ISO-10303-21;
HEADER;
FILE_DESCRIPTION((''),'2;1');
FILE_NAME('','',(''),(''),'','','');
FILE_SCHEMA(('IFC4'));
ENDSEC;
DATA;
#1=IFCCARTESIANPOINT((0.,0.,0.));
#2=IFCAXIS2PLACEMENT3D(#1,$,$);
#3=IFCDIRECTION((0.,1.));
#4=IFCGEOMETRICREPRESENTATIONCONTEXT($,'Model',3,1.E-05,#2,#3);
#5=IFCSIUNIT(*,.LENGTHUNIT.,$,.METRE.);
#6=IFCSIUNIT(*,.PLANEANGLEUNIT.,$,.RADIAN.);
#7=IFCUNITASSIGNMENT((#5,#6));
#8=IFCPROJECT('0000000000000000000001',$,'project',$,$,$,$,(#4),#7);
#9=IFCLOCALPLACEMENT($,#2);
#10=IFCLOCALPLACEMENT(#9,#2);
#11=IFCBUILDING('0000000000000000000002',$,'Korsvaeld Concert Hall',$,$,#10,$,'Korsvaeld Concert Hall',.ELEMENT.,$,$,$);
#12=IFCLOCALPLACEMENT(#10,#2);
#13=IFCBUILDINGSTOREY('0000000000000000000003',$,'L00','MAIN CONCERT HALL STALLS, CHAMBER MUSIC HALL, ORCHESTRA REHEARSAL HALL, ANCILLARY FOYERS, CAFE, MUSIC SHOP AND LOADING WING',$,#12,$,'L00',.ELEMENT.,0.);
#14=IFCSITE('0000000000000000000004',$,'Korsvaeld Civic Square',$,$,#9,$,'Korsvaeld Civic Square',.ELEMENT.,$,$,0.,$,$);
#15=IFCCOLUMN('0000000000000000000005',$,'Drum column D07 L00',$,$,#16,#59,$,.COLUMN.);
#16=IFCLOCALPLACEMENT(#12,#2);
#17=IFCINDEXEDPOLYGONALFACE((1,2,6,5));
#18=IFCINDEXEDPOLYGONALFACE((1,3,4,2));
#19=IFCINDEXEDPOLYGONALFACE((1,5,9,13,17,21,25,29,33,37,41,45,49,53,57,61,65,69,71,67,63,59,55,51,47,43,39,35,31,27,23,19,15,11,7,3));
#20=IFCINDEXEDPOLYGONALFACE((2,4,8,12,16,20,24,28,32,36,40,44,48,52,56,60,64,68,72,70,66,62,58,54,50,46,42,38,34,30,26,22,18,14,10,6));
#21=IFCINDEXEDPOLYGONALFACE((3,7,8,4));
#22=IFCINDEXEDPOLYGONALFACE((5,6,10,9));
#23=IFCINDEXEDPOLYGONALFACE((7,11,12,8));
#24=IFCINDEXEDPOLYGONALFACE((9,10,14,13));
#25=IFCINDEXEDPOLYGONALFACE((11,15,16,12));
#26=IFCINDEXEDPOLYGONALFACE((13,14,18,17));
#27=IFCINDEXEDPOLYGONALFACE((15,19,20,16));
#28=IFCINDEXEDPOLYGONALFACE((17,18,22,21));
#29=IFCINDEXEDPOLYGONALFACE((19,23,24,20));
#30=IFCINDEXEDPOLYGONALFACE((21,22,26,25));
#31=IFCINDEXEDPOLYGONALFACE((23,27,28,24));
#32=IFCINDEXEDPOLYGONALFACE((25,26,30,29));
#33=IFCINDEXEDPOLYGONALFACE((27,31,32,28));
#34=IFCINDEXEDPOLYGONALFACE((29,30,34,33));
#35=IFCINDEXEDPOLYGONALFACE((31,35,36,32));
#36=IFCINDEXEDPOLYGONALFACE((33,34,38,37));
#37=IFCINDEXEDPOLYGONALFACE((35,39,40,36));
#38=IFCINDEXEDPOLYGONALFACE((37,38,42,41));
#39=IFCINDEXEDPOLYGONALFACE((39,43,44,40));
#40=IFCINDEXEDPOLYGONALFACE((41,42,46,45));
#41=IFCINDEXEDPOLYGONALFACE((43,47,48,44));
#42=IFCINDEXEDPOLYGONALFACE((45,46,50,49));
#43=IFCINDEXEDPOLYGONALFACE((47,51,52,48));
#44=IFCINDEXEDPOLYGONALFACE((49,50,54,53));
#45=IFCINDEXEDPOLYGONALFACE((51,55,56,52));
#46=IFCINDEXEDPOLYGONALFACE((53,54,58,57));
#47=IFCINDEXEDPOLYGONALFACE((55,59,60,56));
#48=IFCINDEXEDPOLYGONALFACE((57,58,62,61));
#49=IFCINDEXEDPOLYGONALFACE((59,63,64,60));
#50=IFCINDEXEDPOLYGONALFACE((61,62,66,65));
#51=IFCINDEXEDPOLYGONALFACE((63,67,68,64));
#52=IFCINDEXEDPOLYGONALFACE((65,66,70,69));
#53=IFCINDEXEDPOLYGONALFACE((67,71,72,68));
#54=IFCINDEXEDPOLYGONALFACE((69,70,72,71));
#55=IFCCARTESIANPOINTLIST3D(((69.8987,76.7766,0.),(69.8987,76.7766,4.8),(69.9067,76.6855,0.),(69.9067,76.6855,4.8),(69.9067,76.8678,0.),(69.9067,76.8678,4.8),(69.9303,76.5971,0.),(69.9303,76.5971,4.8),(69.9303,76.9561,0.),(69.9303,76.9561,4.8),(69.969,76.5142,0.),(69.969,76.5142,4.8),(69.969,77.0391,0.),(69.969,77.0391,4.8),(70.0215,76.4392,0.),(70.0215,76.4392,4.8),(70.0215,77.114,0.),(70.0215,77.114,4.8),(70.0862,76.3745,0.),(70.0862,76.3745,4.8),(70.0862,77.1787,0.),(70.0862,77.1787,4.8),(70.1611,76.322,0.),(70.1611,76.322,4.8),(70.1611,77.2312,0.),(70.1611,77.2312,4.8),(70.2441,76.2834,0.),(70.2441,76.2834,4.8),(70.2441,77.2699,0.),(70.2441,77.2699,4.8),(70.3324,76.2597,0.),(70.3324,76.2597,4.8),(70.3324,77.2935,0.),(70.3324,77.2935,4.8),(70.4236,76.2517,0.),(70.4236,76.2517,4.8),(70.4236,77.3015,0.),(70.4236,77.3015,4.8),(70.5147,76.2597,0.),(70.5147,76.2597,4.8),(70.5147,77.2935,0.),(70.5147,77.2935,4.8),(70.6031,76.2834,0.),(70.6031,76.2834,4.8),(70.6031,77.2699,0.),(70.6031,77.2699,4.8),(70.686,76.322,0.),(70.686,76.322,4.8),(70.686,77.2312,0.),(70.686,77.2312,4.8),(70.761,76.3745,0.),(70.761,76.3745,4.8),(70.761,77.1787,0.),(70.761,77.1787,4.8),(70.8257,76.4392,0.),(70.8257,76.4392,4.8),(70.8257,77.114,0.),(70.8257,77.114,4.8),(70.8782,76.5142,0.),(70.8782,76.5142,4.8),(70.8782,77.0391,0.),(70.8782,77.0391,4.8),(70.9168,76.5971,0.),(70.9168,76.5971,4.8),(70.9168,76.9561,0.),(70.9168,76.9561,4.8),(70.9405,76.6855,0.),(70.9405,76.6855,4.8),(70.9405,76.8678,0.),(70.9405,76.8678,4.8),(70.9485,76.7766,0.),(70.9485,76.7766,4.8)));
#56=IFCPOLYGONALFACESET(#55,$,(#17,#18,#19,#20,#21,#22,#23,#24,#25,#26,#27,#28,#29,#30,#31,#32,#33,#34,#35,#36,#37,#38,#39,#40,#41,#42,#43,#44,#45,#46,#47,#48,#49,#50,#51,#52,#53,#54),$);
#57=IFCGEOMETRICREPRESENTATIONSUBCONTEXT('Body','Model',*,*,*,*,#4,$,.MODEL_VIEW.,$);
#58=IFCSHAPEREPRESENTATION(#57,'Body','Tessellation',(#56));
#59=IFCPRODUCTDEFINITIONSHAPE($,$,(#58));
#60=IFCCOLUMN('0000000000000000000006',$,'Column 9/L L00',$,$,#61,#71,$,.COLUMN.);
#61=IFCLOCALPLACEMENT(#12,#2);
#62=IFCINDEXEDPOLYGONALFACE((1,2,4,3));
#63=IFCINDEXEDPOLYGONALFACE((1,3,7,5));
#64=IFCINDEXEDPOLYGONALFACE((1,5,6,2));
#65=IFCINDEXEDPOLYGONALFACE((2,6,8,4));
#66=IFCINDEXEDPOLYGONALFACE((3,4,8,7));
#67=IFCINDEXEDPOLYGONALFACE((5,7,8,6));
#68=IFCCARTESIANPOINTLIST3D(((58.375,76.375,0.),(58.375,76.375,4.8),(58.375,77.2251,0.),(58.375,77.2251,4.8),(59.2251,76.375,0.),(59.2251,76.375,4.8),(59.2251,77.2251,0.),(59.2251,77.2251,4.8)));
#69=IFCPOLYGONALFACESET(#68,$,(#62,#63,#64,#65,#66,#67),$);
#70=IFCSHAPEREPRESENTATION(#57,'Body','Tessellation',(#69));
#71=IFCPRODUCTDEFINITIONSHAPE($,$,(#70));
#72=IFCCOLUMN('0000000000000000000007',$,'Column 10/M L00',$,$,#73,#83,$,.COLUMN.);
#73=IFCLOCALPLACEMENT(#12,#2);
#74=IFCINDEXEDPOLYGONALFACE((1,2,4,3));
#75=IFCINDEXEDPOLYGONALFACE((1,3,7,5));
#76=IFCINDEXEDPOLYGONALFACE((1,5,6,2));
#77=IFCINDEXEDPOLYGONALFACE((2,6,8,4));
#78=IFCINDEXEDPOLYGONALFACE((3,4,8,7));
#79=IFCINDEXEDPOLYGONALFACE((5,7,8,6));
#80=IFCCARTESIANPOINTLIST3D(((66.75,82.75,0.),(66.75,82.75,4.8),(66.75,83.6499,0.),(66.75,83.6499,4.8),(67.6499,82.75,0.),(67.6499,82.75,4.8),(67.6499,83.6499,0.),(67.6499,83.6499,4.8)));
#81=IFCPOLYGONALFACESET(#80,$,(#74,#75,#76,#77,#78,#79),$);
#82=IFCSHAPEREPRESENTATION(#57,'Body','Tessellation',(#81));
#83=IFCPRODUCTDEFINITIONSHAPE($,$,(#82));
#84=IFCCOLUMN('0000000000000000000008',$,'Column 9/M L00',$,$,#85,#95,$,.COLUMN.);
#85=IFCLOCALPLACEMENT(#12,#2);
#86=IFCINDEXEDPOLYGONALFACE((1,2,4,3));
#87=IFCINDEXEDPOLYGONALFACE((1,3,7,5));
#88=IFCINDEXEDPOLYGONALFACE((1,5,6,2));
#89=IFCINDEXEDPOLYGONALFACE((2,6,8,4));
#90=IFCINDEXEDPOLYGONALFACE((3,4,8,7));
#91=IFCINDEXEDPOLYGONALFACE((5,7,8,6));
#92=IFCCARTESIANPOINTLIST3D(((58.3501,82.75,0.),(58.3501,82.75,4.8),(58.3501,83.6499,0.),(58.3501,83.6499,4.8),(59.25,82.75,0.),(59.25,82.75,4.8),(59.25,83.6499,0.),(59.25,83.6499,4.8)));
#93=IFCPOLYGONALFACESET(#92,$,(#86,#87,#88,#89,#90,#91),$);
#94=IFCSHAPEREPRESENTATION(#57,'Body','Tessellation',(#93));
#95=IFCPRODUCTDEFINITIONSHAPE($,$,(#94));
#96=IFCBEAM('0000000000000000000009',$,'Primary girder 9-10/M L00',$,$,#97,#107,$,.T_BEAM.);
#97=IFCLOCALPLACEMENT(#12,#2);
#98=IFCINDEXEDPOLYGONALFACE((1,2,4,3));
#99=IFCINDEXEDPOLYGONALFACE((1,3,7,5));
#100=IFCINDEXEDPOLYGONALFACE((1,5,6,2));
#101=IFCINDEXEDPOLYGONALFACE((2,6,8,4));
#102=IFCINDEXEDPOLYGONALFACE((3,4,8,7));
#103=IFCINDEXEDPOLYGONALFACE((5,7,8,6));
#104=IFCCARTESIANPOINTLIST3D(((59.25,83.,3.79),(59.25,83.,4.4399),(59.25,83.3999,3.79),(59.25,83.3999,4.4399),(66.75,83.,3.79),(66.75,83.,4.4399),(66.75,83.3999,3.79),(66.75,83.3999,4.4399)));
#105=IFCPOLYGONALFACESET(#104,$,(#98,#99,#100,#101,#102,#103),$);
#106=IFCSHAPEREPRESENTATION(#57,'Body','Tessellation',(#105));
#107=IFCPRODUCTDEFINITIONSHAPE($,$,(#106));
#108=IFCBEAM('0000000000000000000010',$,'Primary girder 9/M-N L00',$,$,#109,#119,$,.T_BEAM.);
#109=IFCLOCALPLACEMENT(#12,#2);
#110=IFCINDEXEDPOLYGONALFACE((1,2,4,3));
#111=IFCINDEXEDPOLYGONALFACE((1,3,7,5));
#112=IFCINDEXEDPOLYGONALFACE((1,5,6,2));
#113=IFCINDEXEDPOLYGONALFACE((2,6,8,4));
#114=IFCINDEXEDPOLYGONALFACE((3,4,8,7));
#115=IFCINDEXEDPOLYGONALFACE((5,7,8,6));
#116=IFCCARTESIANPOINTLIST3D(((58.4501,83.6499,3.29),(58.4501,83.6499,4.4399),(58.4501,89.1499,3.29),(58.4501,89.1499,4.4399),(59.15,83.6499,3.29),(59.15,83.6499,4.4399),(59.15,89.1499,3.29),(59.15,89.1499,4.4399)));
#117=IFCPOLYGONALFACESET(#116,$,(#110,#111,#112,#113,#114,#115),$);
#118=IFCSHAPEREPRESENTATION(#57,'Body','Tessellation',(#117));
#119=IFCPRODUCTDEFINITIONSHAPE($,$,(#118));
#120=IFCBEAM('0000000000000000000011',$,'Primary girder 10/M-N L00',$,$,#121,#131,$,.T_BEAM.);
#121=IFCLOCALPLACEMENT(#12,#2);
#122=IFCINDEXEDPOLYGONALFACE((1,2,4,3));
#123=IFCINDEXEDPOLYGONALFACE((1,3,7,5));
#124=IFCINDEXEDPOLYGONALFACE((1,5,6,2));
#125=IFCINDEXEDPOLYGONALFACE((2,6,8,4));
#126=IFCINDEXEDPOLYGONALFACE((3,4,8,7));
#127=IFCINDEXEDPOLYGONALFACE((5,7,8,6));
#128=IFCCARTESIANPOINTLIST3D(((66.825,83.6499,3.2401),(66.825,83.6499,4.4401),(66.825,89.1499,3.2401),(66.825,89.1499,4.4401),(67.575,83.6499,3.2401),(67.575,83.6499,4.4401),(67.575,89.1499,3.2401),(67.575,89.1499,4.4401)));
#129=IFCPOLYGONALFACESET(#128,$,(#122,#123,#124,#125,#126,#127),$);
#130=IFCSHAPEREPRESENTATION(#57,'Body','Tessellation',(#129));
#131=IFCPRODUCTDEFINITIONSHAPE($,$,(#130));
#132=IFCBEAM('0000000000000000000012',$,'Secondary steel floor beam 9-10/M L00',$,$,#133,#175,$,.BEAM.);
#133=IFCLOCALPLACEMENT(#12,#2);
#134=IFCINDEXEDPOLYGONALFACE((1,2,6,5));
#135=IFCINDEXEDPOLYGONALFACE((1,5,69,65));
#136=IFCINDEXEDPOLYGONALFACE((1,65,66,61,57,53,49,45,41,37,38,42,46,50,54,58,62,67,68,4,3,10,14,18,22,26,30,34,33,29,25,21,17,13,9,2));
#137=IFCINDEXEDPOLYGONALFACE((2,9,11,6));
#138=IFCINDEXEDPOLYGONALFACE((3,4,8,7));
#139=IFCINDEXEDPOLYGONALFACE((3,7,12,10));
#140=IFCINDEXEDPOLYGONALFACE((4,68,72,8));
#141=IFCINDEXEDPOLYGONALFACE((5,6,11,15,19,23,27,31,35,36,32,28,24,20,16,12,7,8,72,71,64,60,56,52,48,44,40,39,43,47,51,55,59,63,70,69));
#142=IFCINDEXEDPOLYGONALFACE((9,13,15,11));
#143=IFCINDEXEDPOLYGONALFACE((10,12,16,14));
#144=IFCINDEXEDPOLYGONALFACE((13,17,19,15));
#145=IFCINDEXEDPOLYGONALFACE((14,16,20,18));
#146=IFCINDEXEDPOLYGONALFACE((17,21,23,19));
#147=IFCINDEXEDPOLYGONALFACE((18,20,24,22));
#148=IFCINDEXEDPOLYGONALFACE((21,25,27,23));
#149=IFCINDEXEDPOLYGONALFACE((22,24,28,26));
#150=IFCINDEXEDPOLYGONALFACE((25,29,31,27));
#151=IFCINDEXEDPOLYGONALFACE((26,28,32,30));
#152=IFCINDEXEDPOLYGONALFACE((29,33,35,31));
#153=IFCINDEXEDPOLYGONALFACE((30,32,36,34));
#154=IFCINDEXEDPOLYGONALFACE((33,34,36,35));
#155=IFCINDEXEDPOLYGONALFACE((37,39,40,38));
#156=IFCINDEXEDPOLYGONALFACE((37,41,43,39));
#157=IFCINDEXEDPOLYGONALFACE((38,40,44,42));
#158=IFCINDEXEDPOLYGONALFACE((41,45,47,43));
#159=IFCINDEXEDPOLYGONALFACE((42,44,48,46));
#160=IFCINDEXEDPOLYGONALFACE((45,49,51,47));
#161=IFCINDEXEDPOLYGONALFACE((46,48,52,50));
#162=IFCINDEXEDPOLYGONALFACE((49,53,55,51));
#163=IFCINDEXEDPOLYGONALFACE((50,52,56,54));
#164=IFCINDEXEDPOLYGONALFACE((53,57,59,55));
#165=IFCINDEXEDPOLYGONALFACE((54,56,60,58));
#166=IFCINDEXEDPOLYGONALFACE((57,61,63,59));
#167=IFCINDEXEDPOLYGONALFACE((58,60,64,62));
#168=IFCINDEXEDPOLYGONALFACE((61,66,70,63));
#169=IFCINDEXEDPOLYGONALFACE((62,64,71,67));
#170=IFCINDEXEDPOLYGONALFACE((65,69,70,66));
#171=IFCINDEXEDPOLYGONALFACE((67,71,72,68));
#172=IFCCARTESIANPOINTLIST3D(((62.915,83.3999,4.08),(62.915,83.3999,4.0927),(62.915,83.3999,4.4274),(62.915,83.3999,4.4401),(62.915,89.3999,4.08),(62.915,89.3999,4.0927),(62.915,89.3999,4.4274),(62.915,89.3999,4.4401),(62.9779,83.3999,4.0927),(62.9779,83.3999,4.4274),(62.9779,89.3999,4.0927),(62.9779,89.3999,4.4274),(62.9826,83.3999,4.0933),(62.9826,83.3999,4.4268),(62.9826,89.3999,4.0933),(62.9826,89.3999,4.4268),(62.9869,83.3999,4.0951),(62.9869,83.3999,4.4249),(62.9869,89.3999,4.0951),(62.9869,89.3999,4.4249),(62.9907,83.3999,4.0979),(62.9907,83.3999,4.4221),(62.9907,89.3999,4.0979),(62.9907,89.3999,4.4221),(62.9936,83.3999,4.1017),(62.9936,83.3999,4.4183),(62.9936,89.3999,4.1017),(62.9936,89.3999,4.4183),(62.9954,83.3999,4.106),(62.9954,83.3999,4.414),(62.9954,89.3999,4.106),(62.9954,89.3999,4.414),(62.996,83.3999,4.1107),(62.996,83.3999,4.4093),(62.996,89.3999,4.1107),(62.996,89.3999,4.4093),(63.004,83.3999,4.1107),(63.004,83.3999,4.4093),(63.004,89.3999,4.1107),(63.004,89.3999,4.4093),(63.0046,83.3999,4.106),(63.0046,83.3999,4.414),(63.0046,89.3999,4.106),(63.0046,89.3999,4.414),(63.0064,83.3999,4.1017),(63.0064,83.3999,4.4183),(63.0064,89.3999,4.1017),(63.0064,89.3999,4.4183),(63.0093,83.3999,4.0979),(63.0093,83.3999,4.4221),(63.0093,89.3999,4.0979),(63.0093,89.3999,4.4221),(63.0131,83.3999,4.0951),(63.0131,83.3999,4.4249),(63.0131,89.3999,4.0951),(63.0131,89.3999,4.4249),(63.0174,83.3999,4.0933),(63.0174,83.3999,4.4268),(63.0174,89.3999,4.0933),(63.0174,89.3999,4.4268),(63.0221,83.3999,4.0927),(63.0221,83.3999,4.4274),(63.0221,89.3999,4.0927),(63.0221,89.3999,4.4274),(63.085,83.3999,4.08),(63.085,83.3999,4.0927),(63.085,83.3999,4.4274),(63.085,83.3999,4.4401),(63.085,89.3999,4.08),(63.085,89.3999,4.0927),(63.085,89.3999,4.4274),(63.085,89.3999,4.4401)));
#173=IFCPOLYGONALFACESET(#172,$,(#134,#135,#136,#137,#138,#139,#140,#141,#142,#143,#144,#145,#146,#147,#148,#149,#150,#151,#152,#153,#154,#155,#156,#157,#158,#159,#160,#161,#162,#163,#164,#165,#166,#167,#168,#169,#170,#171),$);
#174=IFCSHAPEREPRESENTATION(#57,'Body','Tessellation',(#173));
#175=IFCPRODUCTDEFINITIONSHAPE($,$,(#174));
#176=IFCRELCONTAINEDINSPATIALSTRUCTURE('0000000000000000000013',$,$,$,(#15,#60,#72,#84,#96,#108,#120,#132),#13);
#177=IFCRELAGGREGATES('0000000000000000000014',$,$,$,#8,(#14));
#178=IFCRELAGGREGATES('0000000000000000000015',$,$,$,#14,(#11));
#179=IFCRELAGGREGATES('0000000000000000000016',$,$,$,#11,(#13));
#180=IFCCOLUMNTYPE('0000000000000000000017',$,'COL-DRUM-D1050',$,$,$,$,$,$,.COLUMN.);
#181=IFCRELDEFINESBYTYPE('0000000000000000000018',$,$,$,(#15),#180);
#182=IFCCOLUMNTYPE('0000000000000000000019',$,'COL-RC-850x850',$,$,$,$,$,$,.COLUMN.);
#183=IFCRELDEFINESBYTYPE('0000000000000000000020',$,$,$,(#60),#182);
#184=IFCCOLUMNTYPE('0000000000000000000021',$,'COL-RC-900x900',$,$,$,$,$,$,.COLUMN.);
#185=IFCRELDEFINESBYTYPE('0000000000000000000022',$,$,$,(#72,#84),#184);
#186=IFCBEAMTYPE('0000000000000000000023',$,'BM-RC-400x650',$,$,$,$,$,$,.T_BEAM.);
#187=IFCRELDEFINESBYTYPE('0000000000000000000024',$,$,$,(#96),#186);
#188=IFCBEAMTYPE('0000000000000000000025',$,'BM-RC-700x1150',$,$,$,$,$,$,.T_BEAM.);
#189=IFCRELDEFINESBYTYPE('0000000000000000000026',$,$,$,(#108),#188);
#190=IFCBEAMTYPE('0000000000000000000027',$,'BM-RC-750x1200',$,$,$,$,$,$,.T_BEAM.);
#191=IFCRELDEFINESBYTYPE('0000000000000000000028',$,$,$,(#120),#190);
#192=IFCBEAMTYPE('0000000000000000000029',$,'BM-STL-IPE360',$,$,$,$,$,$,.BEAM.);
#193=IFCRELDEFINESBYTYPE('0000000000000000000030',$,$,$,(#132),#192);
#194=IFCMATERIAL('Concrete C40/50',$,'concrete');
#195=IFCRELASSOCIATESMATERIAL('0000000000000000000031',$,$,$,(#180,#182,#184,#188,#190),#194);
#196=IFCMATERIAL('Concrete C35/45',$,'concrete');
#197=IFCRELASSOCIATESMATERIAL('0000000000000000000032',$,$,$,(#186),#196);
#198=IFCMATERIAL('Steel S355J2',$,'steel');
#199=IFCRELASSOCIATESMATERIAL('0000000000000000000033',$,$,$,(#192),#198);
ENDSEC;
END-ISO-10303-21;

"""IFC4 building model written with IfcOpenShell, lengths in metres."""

from ifc_helpers import new_model, si_unit, direction, frame, origin, origin_2d, place, context, subcontext, project, spatial, rectangle, circle, i_section, extrude, material, material_profile, profile_set, type_object, element, save


model = new_model("IFC4")

# Units and contexts
model_context = context("Model", 3, precision=1e-05, world=origin(), true_north=direction((0.0, 1.0)))
body_context = subcontext(model_context, "Body", "Model", "MODEL_VIEW")
ifc_project = project(units=[si_unit("LENGTHUNIT", "METRE"), si_unit("PLANEANGLEUNIT", "RADIAN")], contexts=[model_context])

# Site, building, storey
site_placement = place(None, origin())
site = spatial("IfcSite", under=ifc_project, at=site_placement, Name="Korsvaeld Civic Square", LongName="Korsvaeld Civic Square", CompositionType="ELEMENT", RefElevation=0.0)
building_placement = place(site_placement, origin())
building = spatial("IfcBuilding", under=site, at=building_placement, Name="Korsvaeld Concert Hall", LongName="Korsvaeld Concert Hall", CompositionType="ELEMENT")
storey_placement = place(building_placement, origin())
storey = spatial("IfcBuildingStorey", under=building, at=storey_placement, Name="L00", Description="MAIN CONCERT HALL STALLS, CHAMBER MUSIC HALL, ORCHESTRA REHEARSAL HALL, ANCILLARY FOYERS, CAFE, MUSIC SHOP AND LOADING WING", LongName="L00", CompositionType="ELEMENT", Elevation=0.0)

# Columns
ifc_material_1 = material(Name="Concrete C40/50", Category="concrete")
ifc_material_profile_1 = material_profile(ifc_material_1, circle(Radius=0.5249, at=origin_2d()), Name="RC D1050")
ifc_profile_set_1 = profile_set([ifc_material_profile_1], Name="Concrete C40/50")
column_type_1 = type_object("IfcColumnType", Name="COL-DRUM-D1050", PredefinedType="COLUMN", material=ifc_profile_set_1)
column_1_placement = place(storey_placement, frame((70.4236, 76.7766, 0.0), z_axis=(0.0, 0.0, 1.0), x_axis=(1.0, 0.0, 0.0)))
element("IfcColumn", 1, at=column_1_placement, inside=storey, type_object=column_type_1, Name="Drum column D07 L00", PredefinedType="COLUMN", context=body_context, shape_type="SweptSolid", body=[
    extrude(circle(Radius=0.5249, at=origin_2d()), origin(), (0.0, 0.0, 1.0), 4.8),
])
ifc_material_profile_2 = material_profile(ifc_material_1, rectangle(XDim=0.8501, YDim=0.8501, at=origin_2d()), Name="RC 850x850")
ifc_profile_set_2 = profile_set([ifc_material_profile_2], Name="Concrete C40/50")
column_type_2 = type_object("IfcColumnType", Name="COL-RC-850x850", PredefinedType="COLUMN", material=ifc_profile_set_2)
column_2_placement = place(storey_placement, frame((58.8, 76.8, 0.0), z_axis=(0.0, 0.0, 1.0), x_axis=(1.0, 0.0, 0.0)))
element("IfcColumn", 2, at=column_2_placement, inside=storey, type_object=column_type_2, Name="Column 9/L L00", PredefinedType="COLUMN", context=body_context, shape_type="SweptSolid", body=[
    extrude(rectangle(XDim=0.8501, YDim=0.8501, at=origin_2d()), origin(), (0.0, 0.0, 1.0), 4.8),
])
ifc_material_profile_3 = material_profile(ifc_material_1, rectangle(XDim=0.8999, YDim=0.8999, at=origin_2d()), Name="RC 900x900")
ifc_profile_set_3 = profile_set([ifc_material_profile_3], Name="Concrete C40/50")
column_type_3 = type_object("IfcColumnType", Name="COL-RC-900x900", PredefinedType="COLUMN", material=ifc_profile_set_3)
for number, where, z_axis, x_axis, name in (
    (3, (67.2, 83.2, 0.0), (0.0, 0.0, 1.0), (1.0, 0.0, 0.0), "Column 10/M L00"),
    (4, (58.8, 83.2, 0.0), (0.0, 0.0, 1.0), (1.0, 0.0, 0.0), "Column 9/M L00"),
):
    element("IfcColumn", number, at=place(storey_placement, frame(where, z_axis=z_axis, x_axis=x_axis)), inside=storey, type_object=column_type_3, Name=name, PredefinedType="COLUMN", context=body_context, shape_type="SweptSolid", body=[
        extrude(rectangle(XDim=0.8999, YDim=0.8999, at=origin_2d()), origin(), (0.0, 0.0, 1.0), 4.8),
    ])

# Beams
ifc_material_2 = material(Name="Concrete C35/45", Category="concrete")
ifc_material_profile_4 = material_profile(ifc_material_2, rectangle(XDim=0.3999, YDim=0.6499, at=origin_2d()), Name="RC 400x650")
ifc_profile_set_4 = profile_set([ifc_material_profile_4], Name="Concrete C35/45")
beam_type_1 = type_object("IfcBeamType", Name="BM-RC-400x650", PredefinedType="T_BEAM", material=ifc_profile_set_4)
beam_1_placement = place(storey_placement, frame((59.25, 83.2, 4.115), z_axis=(1.0, 0.0, 0.0), x_axis=(0.0, 1.0, 0.0)))
element("IfcBeam", 5, at=beam_1_placement, inside=storey, type_object=beam_type_1, Name="Primary girder 9-10/M L00", PredefinedType="T_BEAM", context=body_context, shape_type="SweptSolid", body=[
    extrude(rectangle(XDim=0.3999, YDim=0.6499, at=origin_2d()), origin(), (0.0, 0.0, 1.0), 7.5),
])
ifc_material_profile_5 = material_profile(ifc_material_1, rectangle(XDim=0.7, YDim=1.1499, at=origin_2d()), Name="RC 700x1150")
ifc_profile_set_5 = profile_set([ifc_material_profile_5], Name="Concrete C40/50")
beam_type_2 = type_object("IfcBeamType", Name="BM-RC-700x1150", PredefinedType="T_BEAM", material=ifc_profile_set_5)
beam_2_placement = place(storey_placement, frame((58.8, 83.6499, 3.865), z_axis=(0.0, 1.0, 0.0), x_axis=(-1.0, 0.0, 0.0)))
element("IfcBeam", 6, at=beam_2_placement, inside=storey, type_object=beam_type_2, Name="Primary girder 9/M-N L00", PredefinedType="T_BEAM", context=body_context, shape_type="SweptSolid", body=[
    extrude(rectangle(XDim=0.7, YDim=1.1499, at=origin_2d()), origin(), (0.0, 0.0, 1.0), 5.5),
])
ifc_material_profile_6 = material_profile(ifc_material_1, rectangle(XDim=0.75, YDim=1.2, at=origin_2d()), Name="RC 750x1200")
ifc_profile_set_6 = profile_set([ifc_material_profile_6], Name="Concrete C40/50")
beam_type_3 = type_object("IfcBeamType", Name="BM-RC-750x1200", PredefinedType="T_BEAM", material=ifc_profile_set_6)
beam_3_placement = place(storey_placement, frame((67.2, 83.6499, 3.8401), z_axis=(0.0, 1.0, 0.0), x_axis=(-1.0, 0.0, 0.0)))
element("IfcBeam", 7, at=beam_3_placement, inside=storey, type_object=beam_type_3, Name="Primary girder 10/M-N L00", PredefinedType="T_BEAM", context=body_context, shape_type="SweptSolid", body=[
    extrude(rectangle(XDim=0.75, YDim=1.2, at=origin_2d()), origin(), (0.0, 0.0, 1.0), 5.5),
])
ifc_material_3 = material(Name="Steel S355J2", Category="steel")
ifc_material_profile_7 = material_profile(ifc_material_3, i_section(OverallWidth=0.1699, OverallDepth=0.3601, WebThickness=0.0081, FlangeThickness=0.0127, FilletRadius=0.0181, at=origin_2d()), Name="IPE 360")
ifc_profile_set_7 = profile_set([ifc_material_profile_7], Name="Steel S355J2")
beam_type_4 = type_object("IfcBeamType", Name="BM-STL-IPE360", PredefinedType="BEAM", material=ifc_profile_set_7)
beam_4_placement = place(storey_placement, frame((63.0, 83.3999, 4.26), z_axis=(0.0, 1.0, 0.0), x_axis=(-1.0, 0.0, 0.0)))
element("IfcBeam", 8, at=beam_4_placement, inside=storey, type_object=beam_type_4, Name="Secondary steel floor beam 9-10/M L00", PredefinedType="BEAM", context=body_context, shape_type="SweptSolid", body=[
    extrude(i_section(OverallWidth=0.1699, OverallDepth=0.3601, WebThickness=0.0081, FlangeThickness=0.0127, FilletRadius=0.0181, at=origin_2d()), origin(), (0.0, 0.0, 1.0), 6.0),
])

save(model, "model.ifc")
